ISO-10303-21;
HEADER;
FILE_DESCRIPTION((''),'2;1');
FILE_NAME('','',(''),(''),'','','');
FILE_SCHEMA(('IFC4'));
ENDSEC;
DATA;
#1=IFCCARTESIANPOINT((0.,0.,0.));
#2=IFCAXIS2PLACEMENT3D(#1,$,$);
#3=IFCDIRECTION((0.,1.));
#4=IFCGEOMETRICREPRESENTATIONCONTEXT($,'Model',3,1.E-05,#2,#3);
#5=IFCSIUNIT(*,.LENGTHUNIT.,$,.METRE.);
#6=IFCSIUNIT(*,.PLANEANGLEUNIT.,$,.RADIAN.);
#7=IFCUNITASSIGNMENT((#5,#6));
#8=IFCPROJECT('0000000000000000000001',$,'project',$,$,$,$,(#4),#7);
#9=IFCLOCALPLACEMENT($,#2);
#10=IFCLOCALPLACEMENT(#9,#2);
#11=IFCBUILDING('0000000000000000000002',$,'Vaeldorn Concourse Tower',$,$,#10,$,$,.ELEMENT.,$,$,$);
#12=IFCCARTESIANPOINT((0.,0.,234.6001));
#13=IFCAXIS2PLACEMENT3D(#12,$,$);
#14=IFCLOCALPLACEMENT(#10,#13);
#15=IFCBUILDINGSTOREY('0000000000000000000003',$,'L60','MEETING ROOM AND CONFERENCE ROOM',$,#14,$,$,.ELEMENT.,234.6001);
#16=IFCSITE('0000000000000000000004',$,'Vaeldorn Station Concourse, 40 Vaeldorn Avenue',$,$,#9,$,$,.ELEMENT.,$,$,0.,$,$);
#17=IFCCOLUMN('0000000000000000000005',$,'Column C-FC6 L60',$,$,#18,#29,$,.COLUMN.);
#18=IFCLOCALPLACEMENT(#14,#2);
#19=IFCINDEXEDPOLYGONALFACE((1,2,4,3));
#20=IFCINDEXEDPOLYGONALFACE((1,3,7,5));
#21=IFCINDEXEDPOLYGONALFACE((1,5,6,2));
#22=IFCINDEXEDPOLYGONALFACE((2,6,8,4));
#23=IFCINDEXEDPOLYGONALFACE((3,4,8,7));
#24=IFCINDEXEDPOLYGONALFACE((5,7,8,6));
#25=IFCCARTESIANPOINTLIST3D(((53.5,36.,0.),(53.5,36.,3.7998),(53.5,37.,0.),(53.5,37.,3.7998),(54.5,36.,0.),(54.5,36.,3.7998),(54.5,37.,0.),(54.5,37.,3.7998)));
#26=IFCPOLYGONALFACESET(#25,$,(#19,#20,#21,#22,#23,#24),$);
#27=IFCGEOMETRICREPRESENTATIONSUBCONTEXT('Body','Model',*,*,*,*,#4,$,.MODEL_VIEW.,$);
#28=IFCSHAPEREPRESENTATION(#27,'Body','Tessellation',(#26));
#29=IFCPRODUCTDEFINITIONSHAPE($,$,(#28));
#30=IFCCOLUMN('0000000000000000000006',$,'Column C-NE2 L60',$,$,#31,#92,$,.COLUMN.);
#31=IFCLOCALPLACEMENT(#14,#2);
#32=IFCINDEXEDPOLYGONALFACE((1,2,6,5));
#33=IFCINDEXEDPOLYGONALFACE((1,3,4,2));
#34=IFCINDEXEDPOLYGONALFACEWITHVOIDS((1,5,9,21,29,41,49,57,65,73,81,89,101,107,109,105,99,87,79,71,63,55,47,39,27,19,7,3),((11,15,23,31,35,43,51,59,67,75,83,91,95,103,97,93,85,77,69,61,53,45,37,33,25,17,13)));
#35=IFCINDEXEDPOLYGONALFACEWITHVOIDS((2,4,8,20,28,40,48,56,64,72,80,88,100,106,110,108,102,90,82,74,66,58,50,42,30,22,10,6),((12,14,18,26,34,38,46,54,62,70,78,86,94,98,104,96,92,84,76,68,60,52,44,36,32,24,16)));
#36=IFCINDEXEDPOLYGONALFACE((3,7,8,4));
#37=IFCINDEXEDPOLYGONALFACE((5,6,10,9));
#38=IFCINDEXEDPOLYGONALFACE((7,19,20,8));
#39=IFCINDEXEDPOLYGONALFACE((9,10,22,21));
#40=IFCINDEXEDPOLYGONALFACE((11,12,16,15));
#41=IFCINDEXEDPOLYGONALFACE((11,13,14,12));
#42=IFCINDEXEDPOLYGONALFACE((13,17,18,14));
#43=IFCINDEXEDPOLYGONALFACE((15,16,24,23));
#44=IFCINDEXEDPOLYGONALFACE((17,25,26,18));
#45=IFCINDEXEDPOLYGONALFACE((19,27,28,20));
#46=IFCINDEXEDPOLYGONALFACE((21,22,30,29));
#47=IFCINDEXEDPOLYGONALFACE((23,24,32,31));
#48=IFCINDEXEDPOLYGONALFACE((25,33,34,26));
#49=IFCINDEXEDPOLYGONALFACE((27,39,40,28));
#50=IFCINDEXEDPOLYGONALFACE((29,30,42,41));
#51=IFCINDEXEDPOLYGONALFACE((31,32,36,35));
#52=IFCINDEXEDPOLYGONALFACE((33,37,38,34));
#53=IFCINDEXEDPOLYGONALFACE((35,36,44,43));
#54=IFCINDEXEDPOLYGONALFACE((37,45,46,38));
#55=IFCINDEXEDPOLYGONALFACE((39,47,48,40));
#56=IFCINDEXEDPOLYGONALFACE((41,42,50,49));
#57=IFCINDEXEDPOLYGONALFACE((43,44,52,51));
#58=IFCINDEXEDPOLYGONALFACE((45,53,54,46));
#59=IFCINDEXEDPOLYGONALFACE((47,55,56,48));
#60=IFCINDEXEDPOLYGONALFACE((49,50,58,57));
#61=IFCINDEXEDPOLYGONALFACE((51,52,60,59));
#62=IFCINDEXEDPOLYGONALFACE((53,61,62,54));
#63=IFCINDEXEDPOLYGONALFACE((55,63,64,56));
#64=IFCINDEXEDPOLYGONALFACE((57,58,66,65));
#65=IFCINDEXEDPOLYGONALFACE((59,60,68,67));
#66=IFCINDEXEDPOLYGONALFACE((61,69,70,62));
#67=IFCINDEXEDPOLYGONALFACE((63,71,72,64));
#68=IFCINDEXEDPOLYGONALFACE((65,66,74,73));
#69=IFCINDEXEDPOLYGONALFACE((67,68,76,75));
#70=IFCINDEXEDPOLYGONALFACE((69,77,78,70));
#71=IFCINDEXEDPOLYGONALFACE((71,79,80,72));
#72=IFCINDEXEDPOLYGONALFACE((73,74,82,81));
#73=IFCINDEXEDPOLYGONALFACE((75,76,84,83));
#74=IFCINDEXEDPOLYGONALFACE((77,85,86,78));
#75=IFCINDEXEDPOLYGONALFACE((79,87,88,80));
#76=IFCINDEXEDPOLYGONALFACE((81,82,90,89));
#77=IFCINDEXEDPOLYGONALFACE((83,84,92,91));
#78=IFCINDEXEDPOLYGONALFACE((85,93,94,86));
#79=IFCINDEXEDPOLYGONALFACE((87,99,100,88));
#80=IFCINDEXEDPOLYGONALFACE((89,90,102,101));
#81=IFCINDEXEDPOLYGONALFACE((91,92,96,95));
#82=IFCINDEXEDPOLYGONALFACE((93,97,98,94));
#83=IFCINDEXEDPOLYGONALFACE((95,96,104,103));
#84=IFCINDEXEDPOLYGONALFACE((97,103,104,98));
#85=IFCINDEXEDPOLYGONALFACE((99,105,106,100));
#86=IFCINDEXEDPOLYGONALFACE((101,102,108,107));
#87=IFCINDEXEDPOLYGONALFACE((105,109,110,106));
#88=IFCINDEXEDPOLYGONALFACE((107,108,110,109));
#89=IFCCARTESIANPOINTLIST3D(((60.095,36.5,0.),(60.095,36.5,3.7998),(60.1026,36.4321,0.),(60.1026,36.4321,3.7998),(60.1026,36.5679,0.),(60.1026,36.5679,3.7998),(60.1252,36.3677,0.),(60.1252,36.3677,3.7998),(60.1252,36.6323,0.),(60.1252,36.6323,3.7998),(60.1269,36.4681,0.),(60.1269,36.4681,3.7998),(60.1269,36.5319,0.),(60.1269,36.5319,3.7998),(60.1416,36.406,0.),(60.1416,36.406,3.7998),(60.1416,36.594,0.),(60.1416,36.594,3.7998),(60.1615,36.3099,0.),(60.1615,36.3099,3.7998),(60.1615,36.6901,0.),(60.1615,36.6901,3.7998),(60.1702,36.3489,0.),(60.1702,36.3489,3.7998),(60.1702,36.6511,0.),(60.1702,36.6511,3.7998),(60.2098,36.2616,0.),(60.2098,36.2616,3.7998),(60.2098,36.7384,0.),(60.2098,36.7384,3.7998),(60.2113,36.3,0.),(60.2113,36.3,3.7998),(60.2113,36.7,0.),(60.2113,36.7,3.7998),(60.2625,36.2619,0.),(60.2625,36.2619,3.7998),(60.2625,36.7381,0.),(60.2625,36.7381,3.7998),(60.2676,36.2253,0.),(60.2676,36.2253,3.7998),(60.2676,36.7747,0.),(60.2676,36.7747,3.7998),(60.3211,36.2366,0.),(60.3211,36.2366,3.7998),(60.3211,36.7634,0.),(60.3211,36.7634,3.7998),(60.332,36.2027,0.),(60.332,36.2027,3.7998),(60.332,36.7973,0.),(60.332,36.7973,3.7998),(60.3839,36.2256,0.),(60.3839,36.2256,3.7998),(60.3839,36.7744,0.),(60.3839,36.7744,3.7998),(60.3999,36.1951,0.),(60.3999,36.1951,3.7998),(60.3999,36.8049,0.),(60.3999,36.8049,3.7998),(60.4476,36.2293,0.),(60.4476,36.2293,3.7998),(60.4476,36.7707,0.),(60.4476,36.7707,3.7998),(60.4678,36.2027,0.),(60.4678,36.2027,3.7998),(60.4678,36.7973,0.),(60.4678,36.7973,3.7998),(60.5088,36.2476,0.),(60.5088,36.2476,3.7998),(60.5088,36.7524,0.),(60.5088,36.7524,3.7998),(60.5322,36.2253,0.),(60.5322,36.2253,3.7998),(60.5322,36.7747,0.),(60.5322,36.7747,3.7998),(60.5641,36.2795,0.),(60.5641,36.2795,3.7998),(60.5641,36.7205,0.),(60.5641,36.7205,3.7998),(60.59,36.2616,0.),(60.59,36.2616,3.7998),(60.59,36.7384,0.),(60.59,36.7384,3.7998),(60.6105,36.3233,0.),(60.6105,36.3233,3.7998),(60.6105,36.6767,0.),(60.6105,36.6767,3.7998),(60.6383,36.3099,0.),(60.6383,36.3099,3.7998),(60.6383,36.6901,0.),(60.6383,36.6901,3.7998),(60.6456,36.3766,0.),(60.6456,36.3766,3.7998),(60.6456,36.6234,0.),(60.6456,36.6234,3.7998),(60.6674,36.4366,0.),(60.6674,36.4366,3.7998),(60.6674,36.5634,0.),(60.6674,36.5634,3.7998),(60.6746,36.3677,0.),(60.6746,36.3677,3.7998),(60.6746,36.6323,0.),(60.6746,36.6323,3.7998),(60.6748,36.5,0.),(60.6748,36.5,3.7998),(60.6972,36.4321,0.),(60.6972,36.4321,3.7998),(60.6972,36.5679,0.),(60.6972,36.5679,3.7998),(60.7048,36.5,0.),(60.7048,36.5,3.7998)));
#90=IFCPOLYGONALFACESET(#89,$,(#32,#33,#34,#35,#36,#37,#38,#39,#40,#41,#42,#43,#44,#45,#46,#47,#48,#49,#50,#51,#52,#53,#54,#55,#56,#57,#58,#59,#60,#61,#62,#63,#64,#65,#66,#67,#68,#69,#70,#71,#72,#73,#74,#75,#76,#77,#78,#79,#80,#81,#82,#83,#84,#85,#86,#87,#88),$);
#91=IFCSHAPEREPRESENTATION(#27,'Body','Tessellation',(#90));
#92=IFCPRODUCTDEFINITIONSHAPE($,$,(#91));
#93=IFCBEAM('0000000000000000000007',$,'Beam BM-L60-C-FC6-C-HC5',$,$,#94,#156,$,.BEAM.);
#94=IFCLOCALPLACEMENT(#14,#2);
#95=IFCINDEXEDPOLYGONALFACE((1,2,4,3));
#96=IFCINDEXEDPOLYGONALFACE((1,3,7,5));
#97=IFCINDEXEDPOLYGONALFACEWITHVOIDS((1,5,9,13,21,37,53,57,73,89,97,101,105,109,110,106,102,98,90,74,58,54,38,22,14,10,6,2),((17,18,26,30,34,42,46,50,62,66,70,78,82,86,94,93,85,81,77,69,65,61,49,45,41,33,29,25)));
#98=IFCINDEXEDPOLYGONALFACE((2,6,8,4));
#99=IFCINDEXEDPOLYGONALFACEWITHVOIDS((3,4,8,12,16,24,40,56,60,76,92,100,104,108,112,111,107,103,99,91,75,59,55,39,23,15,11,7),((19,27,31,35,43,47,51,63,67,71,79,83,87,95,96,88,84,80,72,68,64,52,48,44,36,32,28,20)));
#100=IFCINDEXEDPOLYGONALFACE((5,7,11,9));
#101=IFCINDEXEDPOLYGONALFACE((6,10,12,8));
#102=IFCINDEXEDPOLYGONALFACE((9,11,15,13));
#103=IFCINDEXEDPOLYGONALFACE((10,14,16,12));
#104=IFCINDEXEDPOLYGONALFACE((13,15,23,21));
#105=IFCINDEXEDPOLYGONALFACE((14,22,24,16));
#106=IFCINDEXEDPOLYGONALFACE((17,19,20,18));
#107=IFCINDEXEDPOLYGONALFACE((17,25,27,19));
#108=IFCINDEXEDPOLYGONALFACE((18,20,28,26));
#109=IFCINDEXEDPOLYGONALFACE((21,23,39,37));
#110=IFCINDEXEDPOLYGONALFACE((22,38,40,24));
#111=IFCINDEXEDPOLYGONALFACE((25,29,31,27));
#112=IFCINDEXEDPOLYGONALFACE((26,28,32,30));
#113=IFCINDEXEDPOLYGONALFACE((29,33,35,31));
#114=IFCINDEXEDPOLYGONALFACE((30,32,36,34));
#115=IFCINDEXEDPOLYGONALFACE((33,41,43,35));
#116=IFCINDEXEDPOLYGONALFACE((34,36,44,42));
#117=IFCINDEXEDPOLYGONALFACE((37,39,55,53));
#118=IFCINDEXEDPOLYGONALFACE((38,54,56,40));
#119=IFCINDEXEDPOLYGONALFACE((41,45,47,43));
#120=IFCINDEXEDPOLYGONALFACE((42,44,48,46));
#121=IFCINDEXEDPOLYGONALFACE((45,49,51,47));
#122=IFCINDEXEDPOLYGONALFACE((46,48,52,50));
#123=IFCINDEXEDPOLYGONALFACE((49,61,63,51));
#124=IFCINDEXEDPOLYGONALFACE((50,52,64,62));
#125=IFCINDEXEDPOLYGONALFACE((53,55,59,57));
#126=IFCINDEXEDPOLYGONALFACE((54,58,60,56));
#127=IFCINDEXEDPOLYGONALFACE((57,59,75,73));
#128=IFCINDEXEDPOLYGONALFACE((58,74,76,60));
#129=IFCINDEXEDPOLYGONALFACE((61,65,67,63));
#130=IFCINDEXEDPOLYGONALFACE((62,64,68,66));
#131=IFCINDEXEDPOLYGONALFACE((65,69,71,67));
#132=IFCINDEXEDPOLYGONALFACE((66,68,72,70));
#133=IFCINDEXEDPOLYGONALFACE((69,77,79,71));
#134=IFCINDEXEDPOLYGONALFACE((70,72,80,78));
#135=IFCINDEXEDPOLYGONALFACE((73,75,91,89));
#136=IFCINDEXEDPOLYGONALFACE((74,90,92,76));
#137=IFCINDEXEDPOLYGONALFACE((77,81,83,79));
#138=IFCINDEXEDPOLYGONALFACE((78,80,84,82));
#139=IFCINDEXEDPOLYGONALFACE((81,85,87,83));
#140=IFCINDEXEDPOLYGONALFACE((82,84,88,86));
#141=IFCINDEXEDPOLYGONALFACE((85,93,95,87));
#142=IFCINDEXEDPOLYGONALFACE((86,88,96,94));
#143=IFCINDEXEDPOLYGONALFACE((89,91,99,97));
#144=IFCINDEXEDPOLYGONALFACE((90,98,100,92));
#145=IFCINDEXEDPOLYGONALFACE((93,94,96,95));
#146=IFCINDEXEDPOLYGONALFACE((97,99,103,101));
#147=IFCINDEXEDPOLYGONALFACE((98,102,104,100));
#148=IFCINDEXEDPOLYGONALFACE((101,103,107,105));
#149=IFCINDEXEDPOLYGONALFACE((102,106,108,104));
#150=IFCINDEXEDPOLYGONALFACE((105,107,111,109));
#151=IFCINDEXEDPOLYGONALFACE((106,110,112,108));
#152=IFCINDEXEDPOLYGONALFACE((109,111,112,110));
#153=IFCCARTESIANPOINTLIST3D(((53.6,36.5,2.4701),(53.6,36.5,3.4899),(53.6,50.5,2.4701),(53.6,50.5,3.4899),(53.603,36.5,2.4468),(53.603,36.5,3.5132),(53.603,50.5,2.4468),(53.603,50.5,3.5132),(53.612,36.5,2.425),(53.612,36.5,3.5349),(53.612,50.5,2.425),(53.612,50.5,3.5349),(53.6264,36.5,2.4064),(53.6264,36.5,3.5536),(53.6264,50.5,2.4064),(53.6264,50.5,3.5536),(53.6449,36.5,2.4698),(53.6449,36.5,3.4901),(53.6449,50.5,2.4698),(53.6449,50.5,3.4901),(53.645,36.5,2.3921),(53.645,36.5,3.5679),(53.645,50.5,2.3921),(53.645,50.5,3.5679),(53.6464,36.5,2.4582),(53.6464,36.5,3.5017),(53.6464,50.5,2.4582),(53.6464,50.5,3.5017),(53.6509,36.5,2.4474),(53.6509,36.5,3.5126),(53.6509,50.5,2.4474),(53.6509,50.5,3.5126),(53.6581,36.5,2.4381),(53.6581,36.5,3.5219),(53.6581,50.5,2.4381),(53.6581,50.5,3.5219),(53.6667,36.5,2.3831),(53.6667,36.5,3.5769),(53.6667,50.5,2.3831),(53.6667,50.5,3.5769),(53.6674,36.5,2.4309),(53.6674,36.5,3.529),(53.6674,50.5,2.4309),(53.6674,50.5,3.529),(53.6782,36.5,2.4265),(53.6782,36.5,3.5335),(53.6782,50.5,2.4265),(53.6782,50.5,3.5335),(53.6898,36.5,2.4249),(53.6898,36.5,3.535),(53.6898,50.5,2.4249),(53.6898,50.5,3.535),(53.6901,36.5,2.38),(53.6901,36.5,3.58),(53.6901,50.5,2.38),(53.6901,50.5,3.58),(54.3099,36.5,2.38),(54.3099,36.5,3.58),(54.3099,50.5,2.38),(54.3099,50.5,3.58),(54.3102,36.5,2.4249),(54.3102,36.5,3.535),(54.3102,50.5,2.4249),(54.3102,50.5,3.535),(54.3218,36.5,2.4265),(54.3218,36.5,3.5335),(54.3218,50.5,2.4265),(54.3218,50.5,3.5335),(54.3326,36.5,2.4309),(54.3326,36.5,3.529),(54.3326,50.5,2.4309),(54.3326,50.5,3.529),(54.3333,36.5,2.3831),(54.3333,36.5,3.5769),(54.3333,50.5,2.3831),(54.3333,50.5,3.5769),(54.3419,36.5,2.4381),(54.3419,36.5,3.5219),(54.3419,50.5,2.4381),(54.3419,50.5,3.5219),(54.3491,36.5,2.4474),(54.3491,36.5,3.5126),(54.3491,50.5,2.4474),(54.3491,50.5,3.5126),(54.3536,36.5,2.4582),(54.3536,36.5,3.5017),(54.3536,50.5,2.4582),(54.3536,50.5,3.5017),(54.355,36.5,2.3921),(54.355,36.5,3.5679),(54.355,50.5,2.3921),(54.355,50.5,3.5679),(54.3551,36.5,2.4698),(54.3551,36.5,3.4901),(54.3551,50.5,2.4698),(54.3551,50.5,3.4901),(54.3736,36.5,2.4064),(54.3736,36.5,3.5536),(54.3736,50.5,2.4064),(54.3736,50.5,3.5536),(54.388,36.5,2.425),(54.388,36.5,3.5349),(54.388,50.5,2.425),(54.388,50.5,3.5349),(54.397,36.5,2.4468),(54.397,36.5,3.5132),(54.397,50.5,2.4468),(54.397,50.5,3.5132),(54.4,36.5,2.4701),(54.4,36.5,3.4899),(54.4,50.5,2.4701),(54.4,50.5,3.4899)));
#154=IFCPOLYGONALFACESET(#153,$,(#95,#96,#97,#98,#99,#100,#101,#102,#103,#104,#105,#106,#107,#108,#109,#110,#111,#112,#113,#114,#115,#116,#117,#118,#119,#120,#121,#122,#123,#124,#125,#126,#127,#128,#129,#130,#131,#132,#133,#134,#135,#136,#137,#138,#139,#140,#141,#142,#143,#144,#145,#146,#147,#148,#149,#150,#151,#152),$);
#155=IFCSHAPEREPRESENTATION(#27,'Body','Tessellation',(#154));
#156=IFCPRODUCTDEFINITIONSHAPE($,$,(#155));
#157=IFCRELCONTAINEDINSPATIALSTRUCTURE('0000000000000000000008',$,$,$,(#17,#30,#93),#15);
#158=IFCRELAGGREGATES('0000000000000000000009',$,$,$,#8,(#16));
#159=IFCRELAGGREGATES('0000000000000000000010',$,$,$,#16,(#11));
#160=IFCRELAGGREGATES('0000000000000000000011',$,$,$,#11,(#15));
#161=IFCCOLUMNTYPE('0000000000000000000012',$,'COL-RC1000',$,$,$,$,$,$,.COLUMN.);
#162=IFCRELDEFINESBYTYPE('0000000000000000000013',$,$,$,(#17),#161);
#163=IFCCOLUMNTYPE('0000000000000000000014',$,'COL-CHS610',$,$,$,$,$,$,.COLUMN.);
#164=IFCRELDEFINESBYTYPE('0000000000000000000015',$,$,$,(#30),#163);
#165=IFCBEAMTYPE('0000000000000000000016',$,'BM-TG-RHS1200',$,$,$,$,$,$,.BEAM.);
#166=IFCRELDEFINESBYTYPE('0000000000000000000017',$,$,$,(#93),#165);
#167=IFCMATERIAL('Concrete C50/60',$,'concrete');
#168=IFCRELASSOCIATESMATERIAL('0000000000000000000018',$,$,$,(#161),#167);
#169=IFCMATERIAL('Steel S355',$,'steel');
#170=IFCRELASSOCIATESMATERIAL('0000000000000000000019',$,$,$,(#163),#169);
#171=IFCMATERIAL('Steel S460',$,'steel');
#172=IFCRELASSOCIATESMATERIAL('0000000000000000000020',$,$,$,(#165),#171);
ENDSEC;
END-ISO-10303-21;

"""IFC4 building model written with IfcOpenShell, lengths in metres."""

from ifc_helpers import new_model, si_unit, direction, frame, origin, origin_2d, place, context, subcontext, project, spatial, rectangle, hollow_rectangle, hollow_circle, extrude, source, transform, mapped, material, material_profile, profile_set, type_object, element, save


model = new_model("IFC4")

# Units and contexts
model_context = context("Model", 3, precision=1e-05, world=origin(), true_north=direction((0.0, 1.0)))
body_context = subcontext(model_context, "Body", "Model", "MODEL_VIEW")
ifc_project = project(units=[si_unit("LENGTHUNIT", "METRE"), si_unit("PLANEANGLEUNIT", "RADIAN")], contexts=[model_context])

# Site, building, storey
site_placement = place(None, origin())
site = spatial("IfcSite", under=ifc_project, at=site_placement, Name="Vaeldorn Station Concourse, 40 Vaeldorn Avenue", CompositionType="ELEMENT", RefElevation=0.0)
building_placement = place(site_placement, origin())
building = spatial("IfcBuilding", under=site, at=building_placement, Name="Vaeldorn Concourse Tower", CompositionType="ELEMENT")
storey_placement = place(building_placement, frame((0.0, 0.0, 234.6001)))
storey = spatial("IfcBuildingStorey", under=building, at=storey_placement, Name="L60", Description="MEETING ROOM AND CONFERENCE ROOM", CompositionType="ELEMENT", Elevation=234.6001)

# Columns
ifc_material_1 = material(Name="Concrete C50/60", Category="concrete")
ifc_material_profile_1 = material_profile(ifc_material_1, rectangle(XDim=1.0, YDim=1.0, at=origin_2d()), Name="RC 1000x1000")
ifc_profile_set_1 = profile_set([ifc_material_profile_1], Name="Concrete C50/60")
column_type_1 = type_object("IfcColumnType", Name="COL-RC1000", PredefinedType="COLUMN", material=ifc_profile_set_1)
shared_shape_1 = source(origin(), body_context, "Body", "SweptSolid", [
    extrude(rectangle(XDim=1.0, YDim=1.0, at=origin_2d()), origin(), (0.0, 0.0, 1.0), 3.7998),
])
column_1_placement = place(storey_placement, frame((54.0, 36.5, 0.0), z_axis=(0.0, 0.0, 1.0), x_axis=(1.0, 0.0, 0.0)))
element("IfcColumn", 1, at=column_1_placement, inside=storey, type_object=column_type_1, Name="Column C-FC6 L60", PredefinedType="COLUMN", context=body_context, shape_type="MappedRepresentation", body=[
    mapped(shared_shape_1, transform((0.0, 0.0, 0.0), scale=1.0)),
])
ifc_material_2 = material(Name="Steel S355", Category="steel")
ifc_material_profile_2 = material_profile(ifc_material_2, hollow_circle(Radius=0.3049, WallThickness=0.03, at=origin_2d()), Name="CHS 610x30")
ifc_profile_set_2 = profile_set([ifc_material_profile_2], Name="Steel S355")
column_type_2 = type_object("IfcColumnType", Name="COL-CHS610", PredefinedType="COLUMN", material=ifc_profile_set_2)
shared_shape_2 = source(origin(), body_context, "Body", "SweptSolid", [
    extrude(hollow_circle(Radius=0.3049, WallThickness=0.03, at=origin_2d()), origin(), (0.0, 0.0, 1.0), 3.7998),
])
column_2_placement = place(storey_placement, frame((60.3999, 36.5, 0.0), z_axis=(0.0, 0.0, 1.0), x_axis=(1.0, 0.0, 0.0)))
element("IfcColumn", 2, at=column_2_placement, inside=storey, type_object=column_type_2, Name="Column C-NE2 L60", PredefinedType="COLUMN", context=body_context, shape_type="MappedRepresentation", body=[
    mapped(shared_shape_2, transform((0.0, 0.0, 0.0), scale=1.0)),
])

# Beam
ifc_material_3 = material(Name="Steel S460", Category="steel")
ifc_material_profile_3 = material_profile(ifc_material_3, hollow_rectangle(XDim=0.8, YDim=1.2, WallThickness=0.0449, InnerFilletRadius=0.0449, OuterFilletRadius=0.0901, at=origin_2d()), Name="RHS 1200x800x45")
ifc_profile_set_3 = profile_set([ifc_material_profile_3], Name="Steel S460")
beam_type_1 = type_object("IfcBeamType", Name="BM-TG-RHS1200", PredefinedType="BEAM", material=ifc_profile_set_3)
shared_shape_3 = source(origin(), body_context, "Body", "SweptSolid", [
    extrude(hollow_rectangle(XDim=0.8, YDim=1.2, WallThickness=0.0449, InnerFilletRadius=0.0449, OuterFilletRadius=0.0901, at=origin_2d()), origin(), (0.0, 0.0, 1.0), 14.0),
])
beam_1_placement = place(storey_placement, frame((54.0, 36.5, 2.98), z_axis=(0.0, 1.0, 0.0), x_axis=(-1.0, 0.0, 0.0)))
element("IfcBeam", 3, at=beam_1_placement, inside=storey, type_object=beam_type_1, Name="Beam BM-L60-C-FC6-C-HC5", PredefinedType="BEAM", context=body_context, shape_type="MappedRepresentation", body=[
    mapped(shared_shape_3, transform((0.0, 0.0, 0.0), scale=1.0)),
])

save(model, "model.ifc")
